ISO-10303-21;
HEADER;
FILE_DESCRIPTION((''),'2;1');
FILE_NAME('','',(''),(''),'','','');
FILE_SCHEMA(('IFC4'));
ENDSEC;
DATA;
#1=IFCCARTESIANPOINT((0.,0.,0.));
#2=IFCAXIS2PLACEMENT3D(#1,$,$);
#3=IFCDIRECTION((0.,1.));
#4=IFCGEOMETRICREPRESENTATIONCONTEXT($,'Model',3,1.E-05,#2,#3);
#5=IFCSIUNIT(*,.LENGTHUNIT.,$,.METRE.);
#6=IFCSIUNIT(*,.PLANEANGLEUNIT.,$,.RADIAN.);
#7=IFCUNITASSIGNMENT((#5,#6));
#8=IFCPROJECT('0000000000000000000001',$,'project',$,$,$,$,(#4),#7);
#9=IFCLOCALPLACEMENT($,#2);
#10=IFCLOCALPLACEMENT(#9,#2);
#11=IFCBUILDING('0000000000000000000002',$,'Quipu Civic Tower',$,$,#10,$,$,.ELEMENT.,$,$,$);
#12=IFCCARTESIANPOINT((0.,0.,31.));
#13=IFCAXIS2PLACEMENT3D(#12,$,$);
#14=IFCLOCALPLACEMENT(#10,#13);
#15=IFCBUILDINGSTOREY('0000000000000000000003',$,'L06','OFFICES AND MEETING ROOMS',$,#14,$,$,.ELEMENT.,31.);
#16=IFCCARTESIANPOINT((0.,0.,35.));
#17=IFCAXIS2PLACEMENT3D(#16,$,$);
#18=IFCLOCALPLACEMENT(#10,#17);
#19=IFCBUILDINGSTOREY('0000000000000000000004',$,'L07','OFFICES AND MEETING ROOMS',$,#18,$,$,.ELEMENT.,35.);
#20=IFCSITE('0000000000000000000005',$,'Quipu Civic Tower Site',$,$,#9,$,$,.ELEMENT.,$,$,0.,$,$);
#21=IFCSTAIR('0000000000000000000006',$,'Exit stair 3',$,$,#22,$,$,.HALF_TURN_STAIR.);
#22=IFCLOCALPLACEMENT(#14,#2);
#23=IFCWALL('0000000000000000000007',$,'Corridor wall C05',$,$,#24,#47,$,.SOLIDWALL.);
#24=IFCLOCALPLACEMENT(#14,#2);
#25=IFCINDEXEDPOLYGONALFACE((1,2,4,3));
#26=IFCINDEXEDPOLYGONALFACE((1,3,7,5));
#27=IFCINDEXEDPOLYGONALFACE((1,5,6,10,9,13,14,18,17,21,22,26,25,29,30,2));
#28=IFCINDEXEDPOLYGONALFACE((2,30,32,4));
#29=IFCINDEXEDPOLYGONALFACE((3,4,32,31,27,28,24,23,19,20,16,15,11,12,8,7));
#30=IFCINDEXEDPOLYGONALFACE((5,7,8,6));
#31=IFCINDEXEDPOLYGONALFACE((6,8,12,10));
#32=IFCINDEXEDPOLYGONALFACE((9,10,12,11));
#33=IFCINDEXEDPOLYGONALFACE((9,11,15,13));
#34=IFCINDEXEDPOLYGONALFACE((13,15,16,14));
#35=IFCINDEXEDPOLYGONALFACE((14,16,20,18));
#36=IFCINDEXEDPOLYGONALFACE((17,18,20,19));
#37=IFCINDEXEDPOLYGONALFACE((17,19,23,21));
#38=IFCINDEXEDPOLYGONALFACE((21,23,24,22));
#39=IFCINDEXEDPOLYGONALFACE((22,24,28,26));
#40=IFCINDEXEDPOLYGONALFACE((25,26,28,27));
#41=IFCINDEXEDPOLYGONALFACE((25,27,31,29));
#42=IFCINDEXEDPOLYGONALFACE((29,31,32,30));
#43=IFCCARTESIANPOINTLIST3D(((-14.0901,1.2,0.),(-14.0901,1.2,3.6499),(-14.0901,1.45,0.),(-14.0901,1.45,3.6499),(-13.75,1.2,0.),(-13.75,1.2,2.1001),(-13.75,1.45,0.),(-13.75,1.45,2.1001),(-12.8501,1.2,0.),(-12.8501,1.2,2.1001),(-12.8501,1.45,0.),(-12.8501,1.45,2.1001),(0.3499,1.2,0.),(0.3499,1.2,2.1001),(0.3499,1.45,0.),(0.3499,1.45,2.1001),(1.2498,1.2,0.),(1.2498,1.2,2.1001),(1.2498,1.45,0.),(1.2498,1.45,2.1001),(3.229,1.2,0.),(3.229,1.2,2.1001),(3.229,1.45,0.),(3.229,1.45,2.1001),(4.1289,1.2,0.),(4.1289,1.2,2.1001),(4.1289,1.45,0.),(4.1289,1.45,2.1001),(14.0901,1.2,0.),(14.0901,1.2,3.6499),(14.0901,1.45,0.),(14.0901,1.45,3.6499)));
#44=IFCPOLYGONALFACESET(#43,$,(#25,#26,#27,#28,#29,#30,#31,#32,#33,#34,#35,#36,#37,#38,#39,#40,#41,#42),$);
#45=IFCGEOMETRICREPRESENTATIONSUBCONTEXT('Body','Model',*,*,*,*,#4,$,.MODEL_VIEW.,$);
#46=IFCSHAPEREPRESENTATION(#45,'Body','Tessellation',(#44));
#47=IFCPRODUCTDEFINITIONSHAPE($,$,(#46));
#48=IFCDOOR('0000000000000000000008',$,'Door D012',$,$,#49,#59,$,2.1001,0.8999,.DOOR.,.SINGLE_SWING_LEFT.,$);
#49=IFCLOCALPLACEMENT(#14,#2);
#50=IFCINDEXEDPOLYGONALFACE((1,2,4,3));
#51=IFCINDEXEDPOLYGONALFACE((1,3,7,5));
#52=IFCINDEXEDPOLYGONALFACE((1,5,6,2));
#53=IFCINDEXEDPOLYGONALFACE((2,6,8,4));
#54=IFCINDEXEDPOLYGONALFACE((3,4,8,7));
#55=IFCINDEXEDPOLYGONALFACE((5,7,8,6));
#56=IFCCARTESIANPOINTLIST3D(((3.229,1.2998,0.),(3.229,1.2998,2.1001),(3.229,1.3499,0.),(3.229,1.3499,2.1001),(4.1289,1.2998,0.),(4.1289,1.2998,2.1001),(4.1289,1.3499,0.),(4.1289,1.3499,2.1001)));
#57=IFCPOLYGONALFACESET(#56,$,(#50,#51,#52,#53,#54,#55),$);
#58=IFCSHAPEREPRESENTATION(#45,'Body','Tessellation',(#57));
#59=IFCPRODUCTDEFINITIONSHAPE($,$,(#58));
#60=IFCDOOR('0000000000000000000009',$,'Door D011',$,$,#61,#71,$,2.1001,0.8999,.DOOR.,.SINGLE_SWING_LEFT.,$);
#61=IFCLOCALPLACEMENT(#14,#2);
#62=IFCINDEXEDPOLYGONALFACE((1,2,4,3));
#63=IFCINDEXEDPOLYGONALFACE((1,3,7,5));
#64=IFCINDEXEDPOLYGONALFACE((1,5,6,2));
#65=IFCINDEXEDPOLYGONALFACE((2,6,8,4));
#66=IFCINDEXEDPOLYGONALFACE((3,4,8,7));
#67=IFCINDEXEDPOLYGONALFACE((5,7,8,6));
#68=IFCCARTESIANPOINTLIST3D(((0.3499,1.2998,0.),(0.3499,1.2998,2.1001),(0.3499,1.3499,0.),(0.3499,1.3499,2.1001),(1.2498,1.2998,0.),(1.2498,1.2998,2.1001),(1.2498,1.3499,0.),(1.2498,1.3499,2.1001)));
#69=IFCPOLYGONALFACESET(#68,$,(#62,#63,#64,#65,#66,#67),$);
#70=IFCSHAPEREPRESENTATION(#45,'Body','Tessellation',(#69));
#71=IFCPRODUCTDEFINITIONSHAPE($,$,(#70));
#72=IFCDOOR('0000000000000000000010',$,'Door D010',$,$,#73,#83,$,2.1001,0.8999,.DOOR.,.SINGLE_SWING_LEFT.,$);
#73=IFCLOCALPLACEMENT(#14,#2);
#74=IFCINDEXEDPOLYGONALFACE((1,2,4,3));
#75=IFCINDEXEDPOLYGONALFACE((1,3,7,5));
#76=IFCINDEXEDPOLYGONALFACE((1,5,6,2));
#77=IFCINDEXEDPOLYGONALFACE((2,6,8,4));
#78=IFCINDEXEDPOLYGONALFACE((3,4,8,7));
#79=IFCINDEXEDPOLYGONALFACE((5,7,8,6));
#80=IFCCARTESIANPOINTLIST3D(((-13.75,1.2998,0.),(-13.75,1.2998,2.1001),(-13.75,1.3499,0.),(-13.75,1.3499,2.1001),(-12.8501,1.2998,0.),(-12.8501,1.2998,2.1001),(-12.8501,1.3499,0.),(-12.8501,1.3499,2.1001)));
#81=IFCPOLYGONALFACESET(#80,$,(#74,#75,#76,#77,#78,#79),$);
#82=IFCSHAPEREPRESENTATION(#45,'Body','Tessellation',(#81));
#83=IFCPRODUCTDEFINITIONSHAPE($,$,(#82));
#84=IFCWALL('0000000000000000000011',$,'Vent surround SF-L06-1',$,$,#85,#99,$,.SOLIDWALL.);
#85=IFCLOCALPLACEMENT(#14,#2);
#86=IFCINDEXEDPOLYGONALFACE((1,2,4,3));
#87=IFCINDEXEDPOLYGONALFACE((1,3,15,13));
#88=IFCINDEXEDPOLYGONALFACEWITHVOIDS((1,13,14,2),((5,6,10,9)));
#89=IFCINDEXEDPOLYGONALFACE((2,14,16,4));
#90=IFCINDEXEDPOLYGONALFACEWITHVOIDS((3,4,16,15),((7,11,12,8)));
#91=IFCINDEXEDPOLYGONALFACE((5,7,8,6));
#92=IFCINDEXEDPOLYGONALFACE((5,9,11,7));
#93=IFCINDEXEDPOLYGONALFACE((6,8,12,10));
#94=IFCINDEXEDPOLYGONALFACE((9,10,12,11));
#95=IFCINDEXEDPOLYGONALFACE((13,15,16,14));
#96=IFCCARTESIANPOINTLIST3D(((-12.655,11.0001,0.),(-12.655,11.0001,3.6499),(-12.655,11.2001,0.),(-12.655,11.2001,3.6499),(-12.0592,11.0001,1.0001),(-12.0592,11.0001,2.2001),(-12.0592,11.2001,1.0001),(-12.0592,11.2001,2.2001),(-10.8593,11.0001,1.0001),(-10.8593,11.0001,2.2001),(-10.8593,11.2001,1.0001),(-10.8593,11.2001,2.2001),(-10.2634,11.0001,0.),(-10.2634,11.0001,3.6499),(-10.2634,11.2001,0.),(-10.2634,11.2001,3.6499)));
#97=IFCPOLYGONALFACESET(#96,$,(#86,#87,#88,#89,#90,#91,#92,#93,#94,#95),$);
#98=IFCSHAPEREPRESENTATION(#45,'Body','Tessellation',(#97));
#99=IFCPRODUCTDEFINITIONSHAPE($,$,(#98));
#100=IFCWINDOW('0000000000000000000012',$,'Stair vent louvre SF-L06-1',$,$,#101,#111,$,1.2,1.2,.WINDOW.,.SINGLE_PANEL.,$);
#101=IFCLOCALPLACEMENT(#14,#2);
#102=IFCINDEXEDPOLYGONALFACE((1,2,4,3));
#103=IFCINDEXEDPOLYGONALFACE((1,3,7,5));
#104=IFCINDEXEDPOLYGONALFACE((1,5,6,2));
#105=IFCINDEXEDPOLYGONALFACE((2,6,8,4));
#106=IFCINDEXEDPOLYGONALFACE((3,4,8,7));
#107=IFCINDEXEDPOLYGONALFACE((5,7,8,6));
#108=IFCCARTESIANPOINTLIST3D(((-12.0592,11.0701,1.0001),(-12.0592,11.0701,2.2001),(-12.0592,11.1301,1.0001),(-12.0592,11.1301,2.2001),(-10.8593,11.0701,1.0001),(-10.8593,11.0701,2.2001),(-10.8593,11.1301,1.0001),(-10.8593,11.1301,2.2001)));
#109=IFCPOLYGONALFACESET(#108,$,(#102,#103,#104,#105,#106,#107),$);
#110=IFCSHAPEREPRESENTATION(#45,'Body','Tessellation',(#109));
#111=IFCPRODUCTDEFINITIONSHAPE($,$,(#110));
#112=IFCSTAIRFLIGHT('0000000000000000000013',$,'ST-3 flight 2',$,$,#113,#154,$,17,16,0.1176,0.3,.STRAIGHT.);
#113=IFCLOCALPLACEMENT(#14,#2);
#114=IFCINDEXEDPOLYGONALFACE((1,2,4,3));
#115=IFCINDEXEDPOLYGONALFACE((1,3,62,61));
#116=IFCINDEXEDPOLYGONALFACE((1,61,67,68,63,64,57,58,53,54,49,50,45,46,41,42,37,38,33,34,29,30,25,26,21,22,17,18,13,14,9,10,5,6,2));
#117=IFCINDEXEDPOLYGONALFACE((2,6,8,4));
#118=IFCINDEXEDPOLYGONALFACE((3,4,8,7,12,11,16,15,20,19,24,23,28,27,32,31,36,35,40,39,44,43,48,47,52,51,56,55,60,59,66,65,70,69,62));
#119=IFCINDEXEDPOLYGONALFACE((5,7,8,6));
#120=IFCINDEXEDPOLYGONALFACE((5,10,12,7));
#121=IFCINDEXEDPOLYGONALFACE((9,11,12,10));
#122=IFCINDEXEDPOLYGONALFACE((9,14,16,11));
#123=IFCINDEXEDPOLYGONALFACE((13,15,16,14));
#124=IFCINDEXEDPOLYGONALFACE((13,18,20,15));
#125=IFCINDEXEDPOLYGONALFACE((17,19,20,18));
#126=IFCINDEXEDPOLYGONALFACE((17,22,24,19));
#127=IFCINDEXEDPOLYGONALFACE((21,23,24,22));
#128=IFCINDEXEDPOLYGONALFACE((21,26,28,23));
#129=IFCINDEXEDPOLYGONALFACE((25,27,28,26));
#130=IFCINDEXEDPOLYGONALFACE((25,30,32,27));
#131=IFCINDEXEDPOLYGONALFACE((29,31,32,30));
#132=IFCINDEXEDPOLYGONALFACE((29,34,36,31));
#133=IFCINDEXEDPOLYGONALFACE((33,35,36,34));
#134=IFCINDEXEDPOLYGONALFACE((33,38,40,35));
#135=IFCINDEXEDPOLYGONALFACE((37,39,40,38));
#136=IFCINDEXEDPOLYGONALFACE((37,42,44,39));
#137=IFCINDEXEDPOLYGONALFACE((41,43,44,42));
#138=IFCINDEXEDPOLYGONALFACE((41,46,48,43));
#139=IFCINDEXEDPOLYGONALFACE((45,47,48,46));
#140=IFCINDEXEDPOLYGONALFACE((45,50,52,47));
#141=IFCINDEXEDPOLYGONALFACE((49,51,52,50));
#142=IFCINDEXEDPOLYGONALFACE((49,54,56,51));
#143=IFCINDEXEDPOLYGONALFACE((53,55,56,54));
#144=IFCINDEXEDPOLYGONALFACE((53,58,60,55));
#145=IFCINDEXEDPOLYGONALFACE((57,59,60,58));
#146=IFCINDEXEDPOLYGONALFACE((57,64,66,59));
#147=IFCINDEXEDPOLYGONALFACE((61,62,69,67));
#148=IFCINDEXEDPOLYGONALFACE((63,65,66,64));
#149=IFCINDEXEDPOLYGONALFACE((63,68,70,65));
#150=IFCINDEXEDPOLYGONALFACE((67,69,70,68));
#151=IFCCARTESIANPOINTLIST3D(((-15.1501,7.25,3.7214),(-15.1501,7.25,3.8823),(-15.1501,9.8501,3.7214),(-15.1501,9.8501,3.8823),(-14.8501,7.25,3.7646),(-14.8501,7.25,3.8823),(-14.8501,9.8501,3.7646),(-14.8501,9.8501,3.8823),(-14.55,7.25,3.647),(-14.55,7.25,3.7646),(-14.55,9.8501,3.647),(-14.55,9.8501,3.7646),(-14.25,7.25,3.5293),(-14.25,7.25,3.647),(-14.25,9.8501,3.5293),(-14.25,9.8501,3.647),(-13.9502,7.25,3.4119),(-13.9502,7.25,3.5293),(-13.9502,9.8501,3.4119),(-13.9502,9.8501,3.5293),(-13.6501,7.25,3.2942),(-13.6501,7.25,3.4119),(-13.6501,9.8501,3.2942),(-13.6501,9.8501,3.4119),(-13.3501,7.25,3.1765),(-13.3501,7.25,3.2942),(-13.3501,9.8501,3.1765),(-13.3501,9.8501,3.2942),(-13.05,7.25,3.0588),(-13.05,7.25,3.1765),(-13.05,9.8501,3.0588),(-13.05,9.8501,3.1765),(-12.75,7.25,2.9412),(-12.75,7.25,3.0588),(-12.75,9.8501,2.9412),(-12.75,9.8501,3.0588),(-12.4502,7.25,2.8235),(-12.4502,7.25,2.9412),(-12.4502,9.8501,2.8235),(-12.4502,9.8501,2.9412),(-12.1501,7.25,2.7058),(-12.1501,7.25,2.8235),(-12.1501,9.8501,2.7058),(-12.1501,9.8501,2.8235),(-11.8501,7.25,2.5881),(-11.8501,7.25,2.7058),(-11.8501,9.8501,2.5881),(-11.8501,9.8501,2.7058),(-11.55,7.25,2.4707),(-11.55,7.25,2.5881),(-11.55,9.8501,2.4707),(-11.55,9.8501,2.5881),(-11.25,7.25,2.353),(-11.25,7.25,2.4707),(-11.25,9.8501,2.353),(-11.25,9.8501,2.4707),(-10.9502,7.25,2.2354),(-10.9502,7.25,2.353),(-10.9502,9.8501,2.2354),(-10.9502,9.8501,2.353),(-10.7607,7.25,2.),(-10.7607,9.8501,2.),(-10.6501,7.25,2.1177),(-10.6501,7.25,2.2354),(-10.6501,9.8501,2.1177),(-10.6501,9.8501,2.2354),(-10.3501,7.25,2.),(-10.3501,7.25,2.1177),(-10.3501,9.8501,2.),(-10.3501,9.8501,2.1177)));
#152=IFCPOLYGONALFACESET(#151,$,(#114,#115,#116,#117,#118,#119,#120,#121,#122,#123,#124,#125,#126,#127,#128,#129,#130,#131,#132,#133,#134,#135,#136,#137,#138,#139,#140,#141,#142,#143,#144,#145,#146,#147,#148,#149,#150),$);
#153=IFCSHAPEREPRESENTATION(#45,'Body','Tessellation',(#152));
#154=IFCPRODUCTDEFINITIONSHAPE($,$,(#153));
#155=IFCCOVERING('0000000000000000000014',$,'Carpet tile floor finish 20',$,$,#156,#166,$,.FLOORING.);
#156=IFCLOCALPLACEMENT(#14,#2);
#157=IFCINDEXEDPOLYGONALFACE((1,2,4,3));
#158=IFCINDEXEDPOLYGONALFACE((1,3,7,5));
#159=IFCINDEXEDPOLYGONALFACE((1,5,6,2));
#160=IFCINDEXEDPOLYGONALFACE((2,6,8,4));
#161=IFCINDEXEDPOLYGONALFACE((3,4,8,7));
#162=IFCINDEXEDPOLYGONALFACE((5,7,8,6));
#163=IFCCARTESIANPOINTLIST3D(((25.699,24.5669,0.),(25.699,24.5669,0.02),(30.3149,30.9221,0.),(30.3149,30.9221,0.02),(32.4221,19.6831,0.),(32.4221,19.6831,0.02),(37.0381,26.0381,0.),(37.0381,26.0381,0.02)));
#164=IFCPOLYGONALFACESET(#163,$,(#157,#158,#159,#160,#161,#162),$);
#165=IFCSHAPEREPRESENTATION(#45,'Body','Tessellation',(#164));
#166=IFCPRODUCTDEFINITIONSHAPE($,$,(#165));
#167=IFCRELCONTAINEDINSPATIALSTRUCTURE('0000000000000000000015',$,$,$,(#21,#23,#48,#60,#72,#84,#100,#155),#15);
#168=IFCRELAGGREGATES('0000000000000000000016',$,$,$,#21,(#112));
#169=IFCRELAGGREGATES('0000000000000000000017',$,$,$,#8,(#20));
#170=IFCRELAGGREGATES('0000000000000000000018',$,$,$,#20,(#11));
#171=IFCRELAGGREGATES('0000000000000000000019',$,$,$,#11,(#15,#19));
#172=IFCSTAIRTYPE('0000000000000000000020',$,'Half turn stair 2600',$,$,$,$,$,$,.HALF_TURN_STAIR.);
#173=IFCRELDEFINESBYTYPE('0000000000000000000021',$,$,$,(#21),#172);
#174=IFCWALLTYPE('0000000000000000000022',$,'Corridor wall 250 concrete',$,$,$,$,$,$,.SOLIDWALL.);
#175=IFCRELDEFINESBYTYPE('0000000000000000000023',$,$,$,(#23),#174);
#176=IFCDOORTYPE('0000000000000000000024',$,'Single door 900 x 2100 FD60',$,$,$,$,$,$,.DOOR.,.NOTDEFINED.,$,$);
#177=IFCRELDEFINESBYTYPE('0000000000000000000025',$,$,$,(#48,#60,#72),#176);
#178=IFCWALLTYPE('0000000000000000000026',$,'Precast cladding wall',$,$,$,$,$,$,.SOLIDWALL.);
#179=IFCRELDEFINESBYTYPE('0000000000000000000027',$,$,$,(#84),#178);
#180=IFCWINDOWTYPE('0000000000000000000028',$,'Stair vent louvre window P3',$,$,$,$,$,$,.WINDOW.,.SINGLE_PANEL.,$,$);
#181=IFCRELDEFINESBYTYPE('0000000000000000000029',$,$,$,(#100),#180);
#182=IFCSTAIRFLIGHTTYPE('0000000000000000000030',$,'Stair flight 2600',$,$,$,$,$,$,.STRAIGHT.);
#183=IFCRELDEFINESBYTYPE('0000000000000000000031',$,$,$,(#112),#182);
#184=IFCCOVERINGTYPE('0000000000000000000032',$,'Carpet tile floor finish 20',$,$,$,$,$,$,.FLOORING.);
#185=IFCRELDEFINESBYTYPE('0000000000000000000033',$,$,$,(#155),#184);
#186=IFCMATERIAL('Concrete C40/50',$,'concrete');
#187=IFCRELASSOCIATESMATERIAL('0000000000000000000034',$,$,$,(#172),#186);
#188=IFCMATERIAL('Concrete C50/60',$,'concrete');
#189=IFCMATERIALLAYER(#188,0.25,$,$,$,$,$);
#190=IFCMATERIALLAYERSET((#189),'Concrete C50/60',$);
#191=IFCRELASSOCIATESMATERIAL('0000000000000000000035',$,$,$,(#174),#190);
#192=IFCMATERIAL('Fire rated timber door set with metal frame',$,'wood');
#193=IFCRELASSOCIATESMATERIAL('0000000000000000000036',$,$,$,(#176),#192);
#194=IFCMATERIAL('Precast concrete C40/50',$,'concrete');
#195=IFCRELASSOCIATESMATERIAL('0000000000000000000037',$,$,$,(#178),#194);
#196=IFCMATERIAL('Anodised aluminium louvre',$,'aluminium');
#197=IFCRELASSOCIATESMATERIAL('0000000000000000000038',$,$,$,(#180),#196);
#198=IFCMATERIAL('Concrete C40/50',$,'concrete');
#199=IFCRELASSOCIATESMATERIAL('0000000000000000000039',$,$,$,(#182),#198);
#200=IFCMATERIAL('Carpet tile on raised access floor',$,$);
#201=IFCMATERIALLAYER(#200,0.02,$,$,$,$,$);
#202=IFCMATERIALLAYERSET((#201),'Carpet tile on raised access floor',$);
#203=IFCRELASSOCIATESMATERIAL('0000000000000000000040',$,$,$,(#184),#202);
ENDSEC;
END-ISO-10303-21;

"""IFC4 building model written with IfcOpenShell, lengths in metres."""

from ifc_helpers import new_model, si_unit, direction, frame, frame_2d, origin, place, context, subcontext, project, spatial, polyline, rectangle, outline, extrude, material, layer, layer_set, type_object, element, fill, aggregate, save


model = new_model("IFC4")

# Units and contexts
model_context = context("Model", 3, precision=1e-05, world=origin(), true_north=direction((0.0, 1.0)))
body_context = subcontext(model_context, "Body", "Model", "MODEL_VIEW")
ifc_project = project(units=[si_unit("LENGTHUNIT", "METRE"), si_unit("PLANEANGLEUNIT", "RADIAN")], contexts=[model_context])

# Site, building, storey
site_placement = place(None, origin())
site = spatial("IfcSite", under=ifc_project, at=site_placement, Name="Quipu Civic Tower Site", CompositionType="ELEMENT", RefElevation=0.0)
building_placement = place(site_placement, origin())
building = spatial("IfcBuilding", under=site, at=building_placement, Name="Quipu Civic Tower", CompositionType="ELEMENT")
storey_1_placement = place(building_placement, frame((0.0, 0.0, 31.0)))
storey_1 = spatial("IfcBuildingStorey", under=building, at=storey_1_placement, Name="L06", Description="OFFICES AND MEETING ROOMS", CompositionType="ELEMENT", Elevation=31.0)

# Shared definitions
storey_2_placement = place(building_placement, frame((0.0, 0.0, 35.0)))
storey_2 = spatial("IfcBuildingStorey", under=building, at=storey_2_placement, Name="L07", Description="OFFICES AND MEETING ROOMS", CompositionType="ELEMENT", Elevation=35.0)

# Stair
ifc_material_1 = material(Name="Concrete C40/50", Category="concrete")
stair_type_1 = type_object("IfcStairType", Name="Half turn stair 2600", PredefinedType="HALF_TURN_STAIR", material=ifc_material_1)
stair_1_placement = place(storey_1_placement, origin())
stair_1 = element("IfcStair", 1, at=stair_1_placement, inside=storey_1, type_object=stair_type_1, Name="Exit stair 3", PredefinedType="HALF_TURN_STAIR")

# Wall, openings, doors
ifc_material_2 = material(Name="Concrete C50/60", Category="concrete")
ifc_layer_1 = layer(ifc_material_2, 0.25)
ifc_layer_set_1 = layer_set([ifc_layer_1], Name="Concrete C50/60")
wall_type_1 = type_object("IfcWallType", Name="Corridor wall 250 concrete", PredefinedType="SOLIDWALL", material=ifc_layer_set_1)
wall_1_placement = place(storey_1_placement, frame((-14.0901, 1.325, 0.0), z_axis=(0.0, 0.0, 1.0), x_axis=(1.0, 0.0, 0.0)))
wall_1 = element("IfcWall", 2, at=wall_1_placement, inside=storey_1, type_object=wall_type_1, Name="Corridor wall C05", PredefinedType="SOLIDWALL", context=body_context, shape_type="SweptSolid", body=[
    extrude(rectangle(XDim=28.1802, YDim=0.25, at=frame_2d((14.0901, 0.0))), origin(), (0.0, 0.0, 1.0), 3.6499),
])
opening_1_placement = place(wall_1_placement, frame((17.3191, 0.0, 0.0)))
opening_1 = element("IfcOpeningElement", 3, at=opening_1_placement, cuts=wall_1, PredefinedType="OPENING", context=body_context, shape_type="SweptSolid", body=[
    extrude(rectangle(XDim=0.8999, YDim=2.1001, at=frame_2d((0.45, 1.05))), frame((0.0, 0.135, 0.0), z_axis=(0.0, -1.0, 0.0), x_axis=(1.0, 0.0, 0.0)), (0.0, 0.0, 1.0), 0.27),
])
opening_2_placement = place(wall_1_placement, frame((14.4399, 0.0, 0.0)))
opening_2 = element("IfcOpeningElement", 4, at=opening_2_placement, cuts=wall_1, PredefinedType="OPENING", context=body_context, shape_type="SweptSolid", body=[
    extrude(rectangle(XDim=0.8999, YDim=2.1001, at=frame_2d((0.45, 1.05))), frame((0.0, 0.135, 0.0), z_axis=(0.0, -1.0, 0.0), x_axis=(1.0, 0.0, 0.0)), (0.0, 0.0, 1.0), 0.27),
])
opening_3_placement = place(wall_1_placement, frame((0.3401, 0.0, 0.0)))
opening_3 = element("IfcOpeningElement", 5, at=opening_3_placement, cuts=wall_1, PredefinedType="OPENING", context=body_context, shape_type="SweptSolid", body=[
    extrude(rectangle(XDim=0.8999, YDim=2.1001, at=frame_2d((0.45, 1.05))), frame((0.0, 0.135, 0.0), z_axis=(0.0, -1.0, 0.0), x_axis=(1.0, 0.0, 0.0)), (0.0, 0.0, 1.0), 0.27),
])
ifc_material_3 = material(Name="Fire rated timber door set with metal frame", Category="wood")
door_type = type_object("IfcDoorType", Name="Single door 900 x 2100 FD60", OperationType="NOTDEFINED", PredefinedType="DOOR", material=ifc_material_3)
door_1_placement = place(opening_1_placement, origin())
door_1 = element("IfcDoor", 6, at=door_1_placement, inside=storey_1, type_object=door_type, Name="Door D012", OperationType="SINGLE_SWING_LEFT", OverallHeight=2.1001, OverallWidth=0.8999, PredefinedType="DOOR", context=body_context, shape_type="SweptSolid", body=[
    extrude(rectangle(XDim=0.8999, YDim=2.1001, at=frame_2d((0.45, 1.05))), frame((0.0, 0.0249, 0.0), z_axis=(0.0, -1.0, 0.0), x_axis=(1.0, 0.0, 0.0)), (0.0, 0.0, 1.0), 0.05),
])
fill(opening_1, door_1)
door_2_placement = place(opening_2_placement, origin())
door_2 = element("IfcDoor", 7, at=door_2_placement, inside=storey_1, type_object=door_type, Name="Door D011", OperationType="SINGLE_SWING_LEFT", OverallHeight=2.1001, OverallWidth=0.8999, PredefinedType="DOOR", context=body_context, shape_type="SweptSolid", body=[
    extrude(rectangle(XDim=0.8999, YDim=2.1001, at=frame_2d((0.45, 1.05))), frame((0.0, 0.0249, 0.0), z_axis=(0.0, -1.0, 0.0), x_axis=(1.0, 0.0, 0.0)), (0.0, 0.0, 1.0), 0.05),
])
fill(opening_2, door_2)
door_3_placement = place(opening_3_placement, origin())
door_3 = element("IfcDoor", 8, at=door_3_placement, inside=storey_1, type_object=door_type, Name="Door D010", OperationType="SINGLE_SWING_LEFT", OverallHeight=2.1001, OverallWidth=0.8999, PredefinedType="DOOR", context=body_context, shape_type="SweptSolid", body=[
    extrude(rectangle(XDim=0.8999, YDim=2.1001, at=frame_2d((0.45, 1.05))), frame((0.0, 0.0249, 0.0), z_axis=(0.0, -1.0, 0.0), x_axis=(1.0, 0.0, 0.0)), (0.0, 0.0, 1.0), 0.05),
])
fill(opening_3, door_3)

# Wall, opening, window
ifc_material_4 = material(Name="Precast concrete C40/50", Category="concrete")
wall_type_2 = type_object("IfcWallType", Name="Precast cladding wall", PredefinedType="SOLIDWALL", material=ifc_material_4)
wall_2_placement = place(storey_1_placement, frame((-10.2634, 11.1001, 0.0), z_axis=(0.0, 0.0, 1.0), x_axis=(-1.0, 0.0, 0.0)))
wall_2 = element("IfcWall", 9, at=wall_2_placement, inside=storey_1, type_object=wall_type_2, Name="Vent surround SF-L06-1", PredefinedType="SOLIDWALL", context=body_context, shape_type="SweptSolid", body=[
    extrude(rectangle(XDim=2.3916, YDim=0.2, at=frame_2d((1.1958, 0.0))), origin(), (0.0, 0.0, 1.0), 3.6499),
])
opening_4_placement = place(wall_2_placement, frame((0.5957, 0.0, 1.0)))
opening_4 = element("IfcOpeningElement", 10, at=opening_4_placement, cuts=wall_2, PredefinedType="OPENING", context=body_context, shape_type="SweptSolid", body=[
    extrude(rectangle(XDim=1.2, YDim=1.2, at=frame_2d((0.6001, 0.6001))), frame((0.0, 0.1099, 0.0), z_axis=(0.0, -1.0, 0.0), x_axis=(1.0, 0.0, 0.0)), (0.0, 0.0, 1.0), 0.22),
])
ifc_material_5 = material(Name="Anodised aluminium louvre", Category="aluminium")
window_type = type_object("IfcWindowType", Name="Stair vent louvre window P3", PartitioningType="SINGLE_PANEL", PredefinedType="WINDOW", material=ifc_material_5)
window_placement = place(opening_4_placement, origin())
window = element("IfcWindow", 11, at=window_placement, inside=storey_1, type_object=window_type, Name="Stair vent louvre SF-L06-1", OverallHeight=1.2, OverallWidth=1.2, PartitioningType="SINGLE_PANEL", PredefinedType="WINDOW", context=body_context, shape_type="SweptSolid", body=[
    extrude(rectangle(XDim=1.2, YDim=1.2, at=frame_2d((0.6001, 0.6001))), frame((0.0, 0.03, 0.0), z_axis=(0.0, -1.0, 0.0), x_axis=(1.0, 0.0, 0.0)), (0.0, 0.0, 1.0), 0.0601),
])
fill(opening_4, window)

# Stair flight
ifc_material_6 = material(Name="Concrete C40/50", Category="concrete")
stair_flight_type = type_object("IfcStairFlightType", Name="Stair flight 2600", PredefinedType="STRAIGHT", material=ifc_material_6)
stair_flight_placement = place(storey_1_placement, frame((-10.3501, 8.55, 2.0), z_axis=(0.0, 0.0, 1.0), x_axis=(-1.0, 0.0, 0.0)))
stair_flight = element("IfcStairFlight", 12, at=stair_flight_placement, type_object=stair_flight_type, Name="ST-3 flight 2", NumberOfRisers=17, NumberOfTreads=16, PredefinedType="STRAIGHT", RiserHeight=0.1176, TreadLength=0.3, context=body_context, shape_type="SweptSolid", body=[
    extrude(outline(polyline([(0.0, 0.0), (0.0, 0.1177), (0.3, 0.1177), (0.3, 0.2354), (0.6001, 0.2354), (0.6001, 0.353), (0.8999, 0.353), (0.8999, 0.4707), (1.2, 0.4707), (1.2, 0.5881), (1.5, 0.5881), (1.5, 0.7058), (1.8, 0.7058), (1.8, 0.8235), (2.1001, 0.8235), (2.1001, 0.9412), (2.3999, 0.9412), (2.3999, 1.0588), (2.7, 1.0588), (2.7, 1.1765), (3.0, 1.1765), (3.0, 1.2942), (3.3, 1.2942), (3.3, 1.4119), (3.6001, 1.4119), (3.6001, 1.5293), (3.8999, 1.5293), (3.8999, 1.647), (4.2, 1.647), (4.2, 1.7646), (4.5, 1.7646), (4.5, 1.8823), (4.8, 1.8823), (4.8, 2.0), (4.8, 1.7214), (0.4106, 0.0), (0.0, 0.0)])), frame((0.0, 1.3, 0.0), z_axis=(0.0, -1.0, 0.0), x_axis=(1.0, 0.0, 0.0)), (0.0, 0.0, 1.0), 2.6001),
])
aggregate(stair_1, [stair_flight])

# Covering
ifc_material_7 = material(Name="Carpet tile on raised access floor")
ifc_layer_2 = layer(ifc_material_7, 0.02)
ifc_layer_set_2 = layer_set([ifc_layer_2], Name="Carpet tile on raised access floor")
covering_type_1 = type_object("IfcCoveringType", Name="Carpet tile floor finish 20", PredefinedType="FLOORING", material=ifc_layer_set_2)
covering_1_placement = place(storey_1_placement, origin())
element("IfcCovering", 13, at=covering_1_placement, inside=storey_1, type_object=covering_type_1, Name="Carpet tile floor finish 20", PredefinedType="FLOORING", context=body_context, shape_type="SweptSolid", body=[
    extrude(outline(polyline([(25.699, 24.5669), (30.3149, 30.9221), (37.0381, 26.0381), (32.4221, 19.6831), (25.699, 24.5669)])), origin(), (0.0, 0.0, 1.0), 0.02),
])

save(model, "model.ifc")
